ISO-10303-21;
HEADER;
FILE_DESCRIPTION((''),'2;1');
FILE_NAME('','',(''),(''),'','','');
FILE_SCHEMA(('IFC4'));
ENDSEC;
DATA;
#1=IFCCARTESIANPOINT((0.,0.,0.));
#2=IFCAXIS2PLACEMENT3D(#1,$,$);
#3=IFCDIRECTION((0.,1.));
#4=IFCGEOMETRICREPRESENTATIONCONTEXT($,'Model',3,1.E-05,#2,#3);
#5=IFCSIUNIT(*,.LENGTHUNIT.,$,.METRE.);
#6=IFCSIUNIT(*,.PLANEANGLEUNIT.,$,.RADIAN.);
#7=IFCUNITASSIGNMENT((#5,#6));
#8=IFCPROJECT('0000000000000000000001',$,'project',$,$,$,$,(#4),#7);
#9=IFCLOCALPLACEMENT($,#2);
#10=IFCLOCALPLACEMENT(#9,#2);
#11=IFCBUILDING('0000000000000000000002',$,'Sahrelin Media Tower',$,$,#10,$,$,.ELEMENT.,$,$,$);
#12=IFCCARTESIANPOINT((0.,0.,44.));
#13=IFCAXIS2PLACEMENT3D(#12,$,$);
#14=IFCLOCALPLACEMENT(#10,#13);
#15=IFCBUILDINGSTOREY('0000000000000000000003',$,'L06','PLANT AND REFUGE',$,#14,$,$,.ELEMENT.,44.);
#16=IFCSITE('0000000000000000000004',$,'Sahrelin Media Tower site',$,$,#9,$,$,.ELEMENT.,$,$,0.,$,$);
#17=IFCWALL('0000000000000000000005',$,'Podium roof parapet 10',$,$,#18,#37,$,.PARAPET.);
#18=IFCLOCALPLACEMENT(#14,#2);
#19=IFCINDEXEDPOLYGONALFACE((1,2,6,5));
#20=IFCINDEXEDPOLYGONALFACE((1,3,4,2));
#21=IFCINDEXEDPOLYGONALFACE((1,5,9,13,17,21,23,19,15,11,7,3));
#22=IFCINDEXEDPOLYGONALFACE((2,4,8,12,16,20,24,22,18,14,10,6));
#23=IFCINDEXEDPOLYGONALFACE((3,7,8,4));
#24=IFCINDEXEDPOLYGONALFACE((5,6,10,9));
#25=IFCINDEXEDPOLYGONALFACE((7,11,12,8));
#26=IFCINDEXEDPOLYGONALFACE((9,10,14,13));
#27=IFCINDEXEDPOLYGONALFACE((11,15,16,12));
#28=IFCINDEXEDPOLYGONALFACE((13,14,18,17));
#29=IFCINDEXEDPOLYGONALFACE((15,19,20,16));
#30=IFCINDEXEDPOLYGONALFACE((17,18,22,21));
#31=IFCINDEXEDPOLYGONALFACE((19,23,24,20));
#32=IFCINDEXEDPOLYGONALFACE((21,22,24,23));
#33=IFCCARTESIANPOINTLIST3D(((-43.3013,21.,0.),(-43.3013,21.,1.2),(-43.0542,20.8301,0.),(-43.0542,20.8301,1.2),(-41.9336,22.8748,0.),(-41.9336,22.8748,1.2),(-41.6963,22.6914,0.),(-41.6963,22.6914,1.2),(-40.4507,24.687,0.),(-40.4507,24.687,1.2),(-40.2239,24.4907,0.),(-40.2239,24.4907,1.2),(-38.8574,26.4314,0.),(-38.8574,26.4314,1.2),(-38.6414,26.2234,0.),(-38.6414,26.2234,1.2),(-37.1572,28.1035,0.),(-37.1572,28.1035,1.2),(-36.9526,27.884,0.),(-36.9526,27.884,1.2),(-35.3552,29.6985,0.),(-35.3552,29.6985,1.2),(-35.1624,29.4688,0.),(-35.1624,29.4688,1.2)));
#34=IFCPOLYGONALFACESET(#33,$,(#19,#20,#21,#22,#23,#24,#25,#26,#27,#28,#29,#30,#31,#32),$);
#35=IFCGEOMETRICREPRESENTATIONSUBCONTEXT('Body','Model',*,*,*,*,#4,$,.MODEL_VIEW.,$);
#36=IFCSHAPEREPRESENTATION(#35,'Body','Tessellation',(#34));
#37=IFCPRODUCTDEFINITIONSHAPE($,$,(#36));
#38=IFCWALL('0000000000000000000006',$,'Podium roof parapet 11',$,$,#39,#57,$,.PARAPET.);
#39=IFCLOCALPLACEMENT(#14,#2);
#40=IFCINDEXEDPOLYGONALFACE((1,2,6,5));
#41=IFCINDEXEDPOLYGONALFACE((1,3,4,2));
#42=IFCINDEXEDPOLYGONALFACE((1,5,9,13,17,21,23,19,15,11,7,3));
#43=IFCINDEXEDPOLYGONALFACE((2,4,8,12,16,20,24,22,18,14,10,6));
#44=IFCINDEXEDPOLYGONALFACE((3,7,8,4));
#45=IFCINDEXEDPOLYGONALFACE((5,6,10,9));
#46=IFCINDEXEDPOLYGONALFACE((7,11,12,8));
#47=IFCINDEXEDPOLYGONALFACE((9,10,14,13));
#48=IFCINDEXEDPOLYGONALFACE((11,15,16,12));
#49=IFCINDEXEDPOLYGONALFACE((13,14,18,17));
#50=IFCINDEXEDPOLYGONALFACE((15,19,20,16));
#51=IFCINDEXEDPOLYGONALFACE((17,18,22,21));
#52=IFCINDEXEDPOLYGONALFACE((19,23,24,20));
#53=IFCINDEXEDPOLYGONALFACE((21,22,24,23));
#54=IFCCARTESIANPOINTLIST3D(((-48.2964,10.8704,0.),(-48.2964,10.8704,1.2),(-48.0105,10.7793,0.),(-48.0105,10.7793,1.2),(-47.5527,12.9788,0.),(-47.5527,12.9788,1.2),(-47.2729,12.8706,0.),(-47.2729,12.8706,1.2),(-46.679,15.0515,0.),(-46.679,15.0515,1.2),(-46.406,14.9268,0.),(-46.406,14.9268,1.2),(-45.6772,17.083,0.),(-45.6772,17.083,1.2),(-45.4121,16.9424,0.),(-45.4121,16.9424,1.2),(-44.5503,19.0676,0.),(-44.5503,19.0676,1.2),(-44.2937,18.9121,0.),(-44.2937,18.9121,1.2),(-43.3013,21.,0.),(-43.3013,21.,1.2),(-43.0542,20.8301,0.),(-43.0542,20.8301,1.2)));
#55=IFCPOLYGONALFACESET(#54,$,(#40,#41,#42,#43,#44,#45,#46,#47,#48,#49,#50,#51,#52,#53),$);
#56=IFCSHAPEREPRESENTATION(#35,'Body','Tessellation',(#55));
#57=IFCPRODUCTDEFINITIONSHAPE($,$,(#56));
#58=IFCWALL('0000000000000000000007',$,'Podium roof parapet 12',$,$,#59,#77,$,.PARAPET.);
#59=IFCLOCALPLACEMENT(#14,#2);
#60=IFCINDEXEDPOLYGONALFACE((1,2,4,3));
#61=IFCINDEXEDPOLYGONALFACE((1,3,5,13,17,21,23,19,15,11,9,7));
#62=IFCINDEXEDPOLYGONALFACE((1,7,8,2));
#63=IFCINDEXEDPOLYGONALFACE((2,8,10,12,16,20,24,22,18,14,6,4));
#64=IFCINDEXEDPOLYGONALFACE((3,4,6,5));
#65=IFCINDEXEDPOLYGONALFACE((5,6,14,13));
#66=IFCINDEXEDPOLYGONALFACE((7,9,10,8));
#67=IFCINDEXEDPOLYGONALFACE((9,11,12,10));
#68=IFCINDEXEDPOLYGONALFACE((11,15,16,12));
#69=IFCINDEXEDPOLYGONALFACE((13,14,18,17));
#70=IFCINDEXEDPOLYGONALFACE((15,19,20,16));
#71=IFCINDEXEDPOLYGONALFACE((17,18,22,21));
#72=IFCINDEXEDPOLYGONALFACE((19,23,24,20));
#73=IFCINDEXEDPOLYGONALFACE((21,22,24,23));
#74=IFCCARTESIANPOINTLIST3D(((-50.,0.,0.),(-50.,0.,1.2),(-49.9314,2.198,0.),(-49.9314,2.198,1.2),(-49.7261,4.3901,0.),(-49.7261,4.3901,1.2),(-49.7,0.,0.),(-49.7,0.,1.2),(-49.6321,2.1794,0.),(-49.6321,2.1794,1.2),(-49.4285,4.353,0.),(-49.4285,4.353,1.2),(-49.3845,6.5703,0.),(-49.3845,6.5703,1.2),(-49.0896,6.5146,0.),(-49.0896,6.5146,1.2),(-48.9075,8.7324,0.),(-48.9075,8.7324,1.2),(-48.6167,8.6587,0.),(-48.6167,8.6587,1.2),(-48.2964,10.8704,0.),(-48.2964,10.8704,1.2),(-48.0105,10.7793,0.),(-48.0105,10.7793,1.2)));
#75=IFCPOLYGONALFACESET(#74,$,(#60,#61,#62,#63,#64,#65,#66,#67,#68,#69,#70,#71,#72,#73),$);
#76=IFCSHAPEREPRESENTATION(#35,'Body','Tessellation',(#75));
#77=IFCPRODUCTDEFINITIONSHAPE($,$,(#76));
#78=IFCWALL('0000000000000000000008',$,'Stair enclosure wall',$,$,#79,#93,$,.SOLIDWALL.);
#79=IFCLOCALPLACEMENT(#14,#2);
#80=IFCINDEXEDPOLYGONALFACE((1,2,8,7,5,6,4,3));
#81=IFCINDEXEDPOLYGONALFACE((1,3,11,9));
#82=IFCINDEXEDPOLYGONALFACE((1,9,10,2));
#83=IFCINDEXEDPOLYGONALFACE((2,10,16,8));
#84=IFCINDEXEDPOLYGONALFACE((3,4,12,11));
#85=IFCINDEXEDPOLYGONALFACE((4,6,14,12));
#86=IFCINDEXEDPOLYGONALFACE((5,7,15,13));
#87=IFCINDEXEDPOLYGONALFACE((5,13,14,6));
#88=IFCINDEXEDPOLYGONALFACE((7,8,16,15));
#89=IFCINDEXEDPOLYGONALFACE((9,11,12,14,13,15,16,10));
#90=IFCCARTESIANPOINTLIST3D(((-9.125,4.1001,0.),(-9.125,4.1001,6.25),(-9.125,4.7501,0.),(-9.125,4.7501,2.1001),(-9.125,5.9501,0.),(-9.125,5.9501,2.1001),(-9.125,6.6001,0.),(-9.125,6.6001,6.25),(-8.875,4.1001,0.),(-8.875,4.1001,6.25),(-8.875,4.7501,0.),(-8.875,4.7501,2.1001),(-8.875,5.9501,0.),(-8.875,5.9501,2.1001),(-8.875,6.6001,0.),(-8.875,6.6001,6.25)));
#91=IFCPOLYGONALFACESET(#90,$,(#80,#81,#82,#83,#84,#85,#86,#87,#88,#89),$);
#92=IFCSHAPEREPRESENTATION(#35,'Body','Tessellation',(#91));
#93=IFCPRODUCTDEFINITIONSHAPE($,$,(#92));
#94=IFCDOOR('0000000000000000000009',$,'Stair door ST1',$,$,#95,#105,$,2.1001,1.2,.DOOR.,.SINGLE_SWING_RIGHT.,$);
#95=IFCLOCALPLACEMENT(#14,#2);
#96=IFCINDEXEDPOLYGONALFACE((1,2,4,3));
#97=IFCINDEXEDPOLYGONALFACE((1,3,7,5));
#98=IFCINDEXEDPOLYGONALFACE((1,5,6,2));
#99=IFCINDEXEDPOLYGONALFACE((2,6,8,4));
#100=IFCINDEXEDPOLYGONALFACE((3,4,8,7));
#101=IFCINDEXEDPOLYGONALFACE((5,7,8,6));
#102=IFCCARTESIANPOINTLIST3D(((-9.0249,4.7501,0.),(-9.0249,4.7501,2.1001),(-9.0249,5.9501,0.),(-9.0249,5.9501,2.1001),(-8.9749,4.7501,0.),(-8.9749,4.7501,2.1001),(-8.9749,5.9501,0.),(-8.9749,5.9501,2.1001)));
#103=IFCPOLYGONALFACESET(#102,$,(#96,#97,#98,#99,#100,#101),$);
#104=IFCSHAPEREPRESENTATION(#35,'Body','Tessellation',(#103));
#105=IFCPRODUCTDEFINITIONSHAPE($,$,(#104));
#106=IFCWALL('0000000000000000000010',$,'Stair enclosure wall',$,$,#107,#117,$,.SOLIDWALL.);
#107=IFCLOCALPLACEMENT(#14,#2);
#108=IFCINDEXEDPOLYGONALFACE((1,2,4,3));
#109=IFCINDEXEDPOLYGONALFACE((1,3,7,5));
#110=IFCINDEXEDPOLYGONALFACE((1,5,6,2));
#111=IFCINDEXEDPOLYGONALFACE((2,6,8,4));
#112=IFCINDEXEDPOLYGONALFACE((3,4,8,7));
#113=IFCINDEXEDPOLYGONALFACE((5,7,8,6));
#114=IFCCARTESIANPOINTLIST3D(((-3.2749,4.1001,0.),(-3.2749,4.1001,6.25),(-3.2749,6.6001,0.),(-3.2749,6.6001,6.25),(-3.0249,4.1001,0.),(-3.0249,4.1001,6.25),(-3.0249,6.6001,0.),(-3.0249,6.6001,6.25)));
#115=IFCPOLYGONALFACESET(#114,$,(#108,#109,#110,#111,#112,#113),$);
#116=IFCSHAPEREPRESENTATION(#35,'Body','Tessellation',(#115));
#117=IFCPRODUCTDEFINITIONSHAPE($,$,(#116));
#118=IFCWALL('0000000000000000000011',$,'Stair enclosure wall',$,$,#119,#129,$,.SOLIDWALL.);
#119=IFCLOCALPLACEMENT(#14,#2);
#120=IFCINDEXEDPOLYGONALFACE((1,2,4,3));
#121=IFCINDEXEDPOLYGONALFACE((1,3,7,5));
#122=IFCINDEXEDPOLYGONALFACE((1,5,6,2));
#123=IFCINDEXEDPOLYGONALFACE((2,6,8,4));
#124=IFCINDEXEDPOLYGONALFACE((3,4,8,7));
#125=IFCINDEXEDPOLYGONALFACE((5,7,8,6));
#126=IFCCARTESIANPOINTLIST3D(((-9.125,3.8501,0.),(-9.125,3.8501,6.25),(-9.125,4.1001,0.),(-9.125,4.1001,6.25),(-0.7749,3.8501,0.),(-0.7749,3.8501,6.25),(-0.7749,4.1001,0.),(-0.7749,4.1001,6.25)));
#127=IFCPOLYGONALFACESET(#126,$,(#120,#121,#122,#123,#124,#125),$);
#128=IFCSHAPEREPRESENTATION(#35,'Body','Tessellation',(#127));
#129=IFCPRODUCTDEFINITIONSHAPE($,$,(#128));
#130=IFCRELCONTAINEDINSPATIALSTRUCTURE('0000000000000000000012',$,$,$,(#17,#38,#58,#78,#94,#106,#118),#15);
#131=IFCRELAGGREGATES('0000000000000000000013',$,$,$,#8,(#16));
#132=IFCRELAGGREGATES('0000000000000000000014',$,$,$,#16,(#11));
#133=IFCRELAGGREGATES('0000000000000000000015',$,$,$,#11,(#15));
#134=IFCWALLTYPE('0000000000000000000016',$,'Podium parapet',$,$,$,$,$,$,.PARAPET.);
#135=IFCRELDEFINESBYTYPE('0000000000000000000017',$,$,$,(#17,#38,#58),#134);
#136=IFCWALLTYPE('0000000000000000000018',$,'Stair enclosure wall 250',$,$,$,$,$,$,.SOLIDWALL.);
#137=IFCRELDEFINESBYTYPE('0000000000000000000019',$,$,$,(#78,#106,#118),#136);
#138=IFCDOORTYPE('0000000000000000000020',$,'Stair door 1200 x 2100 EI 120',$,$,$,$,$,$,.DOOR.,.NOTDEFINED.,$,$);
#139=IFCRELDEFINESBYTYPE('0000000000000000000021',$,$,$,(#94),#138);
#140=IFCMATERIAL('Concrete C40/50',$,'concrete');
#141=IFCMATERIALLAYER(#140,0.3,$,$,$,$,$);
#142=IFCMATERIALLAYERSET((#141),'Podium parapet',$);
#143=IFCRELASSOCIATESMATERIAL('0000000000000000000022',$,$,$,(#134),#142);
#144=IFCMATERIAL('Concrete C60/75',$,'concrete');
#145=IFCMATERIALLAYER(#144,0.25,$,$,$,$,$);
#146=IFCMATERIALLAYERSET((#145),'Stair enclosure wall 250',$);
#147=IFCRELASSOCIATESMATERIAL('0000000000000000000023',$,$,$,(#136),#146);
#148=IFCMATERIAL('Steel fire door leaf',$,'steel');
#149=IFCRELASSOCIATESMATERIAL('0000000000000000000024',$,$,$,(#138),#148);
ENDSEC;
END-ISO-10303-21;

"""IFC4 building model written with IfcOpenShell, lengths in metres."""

from ifc_helpers import new_model, si_unit, direction, frame, frame_2d, origin, place, context, subcontext, project, spatial, polyline, rectangle, outline, extrude, material, layer, layer_set, type_object, element, fill, save


model = new_model("IFC4")

# Units and contexts
model_context = context("Model", 3, precision=1e-05, world=origin(), true_north=direction((0.0, 1.0)))
body_context = subcontext(model_context, "Body", "Model", "MODEL_VIEW")
ifc_project = project(units=[si_unit("LENGTHUNIT", "METRE"), si_unit("PLANEANGLEUNIT", "RADIAN")], contexts=[model_context])

# Site, building, storey
site_placement = place(None, origin())
site = spatial("IfcSite", under=ifc_project, at=site_placement, Name="Sahrelin Media Tower site", CompositionType="ELEMENT", RefElevation=0.0)
building_placement = place(site_placement, origin())
building = spatial("IfcBuilding", under=site, at=building_placement, Name="Sahrelin Media Tower", CompositionType="ELEMENT")
storey_placement = place(building_placement, frame((0.0, 0.0, 44.0)))
storey = spatial("IfcBuildingStorey", under=building, at=storey_placement, Name="L06", Description="PLANT AND REFUGE", CompositionType="ELEMENT", Elevation=44.0)

# Shared definitions
ifc_material_1 = material(Name="Steel fire door leaf", Category="steel")

# Walls
ifc_material_2 = material(Name="Concrete C40/50", Category="concrete")
ifc_layer_1 = layer(ifc_material_2, 0.3)
ifc_layer_set_1 = layer_set([ifc_layer_1], Name="Podium parapet")
wall_type_1 = type_object("IfcWallType", Name="Podium parapet", PredefinedType="PARAPET", material=ifc_layer_set_1)
placement = place(storey_placement, origin())
element("IfcWall", 1, at=placement, inside=storey, type_object=wall_type_1, Name="Podium roof parapet 10", PredefinedType="PARAPET", context=body_context, shape_type="SweptSolid", body=[
    extrude(outline(polyline([(-35.3552, 29.6985), (-37.1572, 28.1035), (-38.8574, 26.4314), (-40.4507, 24.687), (-41.9336, 22.8748), (-43.3013, 21.0), (-43.0542, 20.8301), (-41.6963, 22.6914), (-40.2239, 24.4907), (-38.6414, 26.2234), (-36.9526, 27.884), (-35.1624, 29.4688), (-35.3552, 29.6985)])), origin(), (0.0, 0.0, 1.0), 1.2),
])
element("IfcWall", 2, at=placement, inside=storey, type_object=wall_type_1, Name="Podium roof parapet 11", PredefinedType="PARAPET", context=body_context, shape_type="SweptSolid", body=[
    extrude(outline(polyline([(-43.3013, 21.0), (-44.5503, 19.0676), (-45.6772, 17.083), (-46.679, 15.0515), (-47.5527, 12.9788), (-48.2964, 10.8704), (-48.0105, 10.7793), (-47.2729, 12.8706), (-46.406, 14.9268), (-45.4121, 16.9424), (-44.2937, 18.9121), (-43.0542, 20.8301), (-43.3013, 21.0)])), origin(), (0.0, 0.0, 1.0), 1.2),
])
element("IfcWall", 3, at=placement, inside=storey, type_object=wall_type_1, Name="Podium roof parapet 12", PredefinedType="PARAPET", context=body_context, shape_type="SweptSolid", body=[
    extrude(outline(polyline([(-48.2964, 10.8704), (-48.9075, 8.7324), (-49.3845, 6.5703), (-49.7261, 4.3901), (-49.9314, 2.198), (-50.0, 0.0), (-49.7, 0.0), (-49.6321, 2.1794), (-49.4285, 4.353), (-49.0896, 6.5146), (-48.6167, 8.6587), (-48.0105, 10.7793), (-48.2964, 10.8704)])), origin(), (0.0, 0.0, 1.0), 1.2),
])

# Wall, opening, door
ifc_material_3 = material(Name="Concrete C60/75", Category="concrete")
ifc_layer_2 = layer(ifc_material_3, 0.25)
ifc_layer_set_2 = layer_set([ifc_layer_2], Name="Stair enclosure wall 250")
wall_type_2 = type_object("IfcWallType", Name="Stair enclosure wall 250", PredefinedType="SOLIDWALL", material=ifc_layer_set_2)
wall_1_placement = place(storey_placement, frame((-9.0, 4.1001, 0.0), z_axis=(0.0, 0.0, 1.0), x_axis=(0.0, 1.0, 0.0)))
wall_1 = element("IfcWall", 4, at=wall_1_placement, inside=storey, type_object=wall_type_2, Name="Stair enclosure wall", PredefinedType="SOLIDWALL", context=body_context, shape_type="SweptSolid", body=[
    extrude(rectangle(XDim=2.5, YDim=0.25, at=frame_2d((1.25, 0.0))), origin(), (0.0, 0.0, 1.0), 6.25),
])
opening_1_placement = place(wall_1_placement, frame((0.6499, 0.0, 0.0)))
opening_1 = element("IfcOpeningElement", 5, at=opening_1_placement, cuts=wall_1, PredefinedType="OPENING", context=body_context, shape_type="SweptSolid", body=[
    extrude(rectangle(XDim=1.2, YDim=2.1001, at=frame_2d((0.6001, 1.05))), frame((0.0, 0.125, 0.0), z_axis=(0.0, -1.0, 0.0), x_axis=(1.0, 0.0, 0.0)), (0.0, 0.0, 1.0), 0.25),
])
door_type_1 = type_object("IfcDoorType", Name="Stair door 1200 x 2100 EI 120", OperationType="NOTDEFINED", PredefinedType="DOOR", material=ifc_material_1)
door_1_placement = place(opening_1_placement, origin())
door_1 = element("IfcDoor", 6, at=door_1_placement, inside=storey, type_object=door_type_1, Name="Stair door ST1", OperationType="SINGLE_SWING_RIGHT", OverallHeight=2.1001, OverallWidth=1.2, PredefinedType="DOOR", context=body_context, shape_type="SweptSolid", body=[
    extrude(rectangle(XDim=1.2, YDim=2.1001, at=frame_2d((0.6001, 1.05))), frame((0.0, 0.0249, 0.0), z_axis=(0.0, -1.0, 0.0), x_axis=(1.0, 0.0, 0.0)), (0.0, 0.0, 1.0), 0.05),
])
fill(opening_1, door_1)

# Walls
wall_2_placement = place(storey_placement, frame((-3.1499, 4.1001, 0.0), z_axis=(0.0, 0.0, 1.0), x_axis=(0.0, 1.0, 0.0)))
element("IfcWall", 7, at=wall_2_placement, inside=storey, type_object=wall_type_2, Name="Stair enclosure wall", PredefinedType="SOLIDWALL", context=body_context, shape_type="SweptSolid", body=[
    extrude(rectangle(XDim=2.5, YDim=0.25, at=frame_2d((1.25, 0.0))), origin(), (0.0, 0.0, 1.0), 6.25),
])
wall_3_placement = place(storey_placement, frame((-9.125, 3.9751, 0.0), z_axis=(0.0, 0.0, 1.0), x_axis=(1.0, 0.0, 0.0)))
element("IfcWall", 8, at=wall_3_placement, inside=storey, type_object=wall_type_2, Name="Stair enclosure wall", PredefinedType="SOLIDWALL", context=body_context, shape_type="SweptSolid", body=[
    extrude(rectangle(XDim=8.3501, YDim=0.25, at=frame_2d((4.175, 0.0))), origin(), (0.0, 0.0, 1.0), 6.25),
])

save(model, "model.ifc")
